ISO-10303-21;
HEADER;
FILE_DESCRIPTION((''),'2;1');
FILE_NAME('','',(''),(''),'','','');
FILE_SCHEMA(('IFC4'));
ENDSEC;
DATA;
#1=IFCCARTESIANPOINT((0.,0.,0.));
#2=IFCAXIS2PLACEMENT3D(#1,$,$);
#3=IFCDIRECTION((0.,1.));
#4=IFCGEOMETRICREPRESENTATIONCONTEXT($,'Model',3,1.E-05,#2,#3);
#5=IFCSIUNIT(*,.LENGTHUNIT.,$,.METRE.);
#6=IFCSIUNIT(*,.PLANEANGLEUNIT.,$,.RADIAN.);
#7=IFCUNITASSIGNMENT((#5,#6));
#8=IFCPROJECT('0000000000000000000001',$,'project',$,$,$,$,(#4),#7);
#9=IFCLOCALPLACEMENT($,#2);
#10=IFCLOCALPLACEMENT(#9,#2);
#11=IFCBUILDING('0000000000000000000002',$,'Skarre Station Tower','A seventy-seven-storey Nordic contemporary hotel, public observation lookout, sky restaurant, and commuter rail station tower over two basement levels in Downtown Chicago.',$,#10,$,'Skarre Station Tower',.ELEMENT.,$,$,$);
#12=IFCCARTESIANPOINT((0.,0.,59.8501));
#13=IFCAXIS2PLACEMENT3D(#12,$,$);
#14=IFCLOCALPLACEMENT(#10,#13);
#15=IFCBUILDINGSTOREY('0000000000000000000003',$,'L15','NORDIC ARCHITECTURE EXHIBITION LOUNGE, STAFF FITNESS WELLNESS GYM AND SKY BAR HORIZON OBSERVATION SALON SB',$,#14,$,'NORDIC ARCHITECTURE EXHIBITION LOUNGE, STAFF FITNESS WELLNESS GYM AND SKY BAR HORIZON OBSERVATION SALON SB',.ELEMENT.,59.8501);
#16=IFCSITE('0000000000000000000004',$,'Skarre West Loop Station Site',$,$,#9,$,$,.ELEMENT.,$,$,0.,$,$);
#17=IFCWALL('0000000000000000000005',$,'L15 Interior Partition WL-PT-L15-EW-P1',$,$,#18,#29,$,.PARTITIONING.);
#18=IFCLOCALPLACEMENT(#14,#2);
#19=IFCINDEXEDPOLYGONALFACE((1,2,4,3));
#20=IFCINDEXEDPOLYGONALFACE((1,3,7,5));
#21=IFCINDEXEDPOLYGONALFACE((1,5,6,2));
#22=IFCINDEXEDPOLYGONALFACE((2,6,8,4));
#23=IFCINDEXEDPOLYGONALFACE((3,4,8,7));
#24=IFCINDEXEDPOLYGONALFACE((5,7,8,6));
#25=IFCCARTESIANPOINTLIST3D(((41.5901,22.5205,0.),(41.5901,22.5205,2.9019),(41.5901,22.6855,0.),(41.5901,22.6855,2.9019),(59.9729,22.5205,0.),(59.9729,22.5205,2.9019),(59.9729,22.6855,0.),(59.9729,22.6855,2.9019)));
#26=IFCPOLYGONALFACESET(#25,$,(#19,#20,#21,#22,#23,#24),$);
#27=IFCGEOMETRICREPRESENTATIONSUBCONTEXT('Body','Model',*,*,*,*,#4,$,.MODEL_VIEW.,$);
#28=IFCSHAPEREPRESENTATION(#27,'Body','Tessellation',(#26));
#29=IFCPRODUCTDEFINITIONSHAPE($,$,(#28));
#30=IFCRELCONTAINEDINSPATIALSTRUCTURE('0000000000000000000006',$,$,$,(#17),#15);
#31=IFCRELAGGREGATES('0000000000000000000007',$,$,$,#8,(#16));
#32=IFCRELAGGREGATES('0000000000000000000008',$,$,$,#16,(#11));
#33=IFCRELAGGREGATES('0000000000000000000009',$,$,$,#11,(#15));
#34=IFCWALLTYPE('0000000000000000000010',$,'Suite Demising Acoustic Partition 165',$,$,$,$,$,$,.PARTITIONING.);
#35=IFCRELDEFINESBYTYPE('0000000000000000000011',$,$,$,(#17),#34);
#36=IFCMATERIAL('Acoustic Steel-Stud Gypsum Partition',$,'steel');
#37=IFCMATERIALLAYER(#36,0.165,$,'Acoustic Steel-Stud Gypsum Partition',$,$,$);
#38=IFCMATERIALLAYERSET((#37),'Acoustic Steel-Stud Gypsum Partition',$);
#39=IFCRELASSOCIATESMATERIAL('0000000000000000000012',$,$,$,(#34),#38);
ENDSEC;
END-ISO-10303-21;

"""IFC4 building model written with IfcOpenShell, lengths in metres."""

from ifc_helpers import new_model, si_unit, direction, frame, frame_2d, origin, place, context, subcontext, project, spatial, rectangle, extrude, material, layer, layer_set, type_object, element, save


model = new_model("IFC4")

# Units and contexts
model_context = context("Model", 3, precision=1e-05, world=origin(), true_north=direction((0.0, 1.0)))
body_context = subcontext(model_context, "Body", "Model", "MODEL_VIEW")
ifc_project = project(units=[si_unit("LENGTHUNIT", "METRE"), si_unit("PLANEANGLEUNIT", "RADIAN")], contexts=[model_context])

# Site, building, storey
site_placement = place(None, origin())
site = spatial("IfcSite", under=ifc_project, at=site_placement, Name="Skarre West Loop Station Site", CompositionType="ELEMENT", RefElevation=0.0)
building_placement = place(site_placement, origin())
building = spatial("IfcBuilding", under=site, at=building_placement, Name="Skarre Station Tower", Description="A seventy-seven-storey Nordic contemporary hotel, public observation lookout, sky restaurant, and commuter rail station tower over two basement levels in Downtown Chicago.", LongName="Skarre Station Tower", CompositionType="ELEMENT")
storey_placement = place(building_placement, frame((0.0, 0.0, 59.8501)))
storey = spatial("IfcBuildingStorey", under=building, at=storey_placement, Name="L15", Description="NORDIC ARCHITECTURE EXHIBITION LOUNGE, STAFF FITNESS WELLNESS GYM AND SKY BAR HORIZON OBSERVATION SALON SB", LongName="NORDIC ARCHITECTURE EXHIBITION LOUNGE, STAFF FITNESS WELLNESS GYM AND SKY BAR HORIZON OBSERVATION SALON SB", CompositionType="ELEMENT", Elevation=59.8501)

# Shared definitions
ifc_material_1 = material(Name="Acoustic Steel-Stud Gypsum Partition", Category="steel")

# Wall
ifc_layer_1 = layer(ifc_material_1, 0.165, Name="Acoustic Steel-Stud Gypsum Partition")
ifc_layer_set_1 = layer_set([ifc_layer_1], Name="Acoustic Steel-Stud Gypsum Partition")
wall_type_1 = type_object("IfcWallType", Name="Suite Demising Acoustic Partition 165", PredefinedType="PARTITIONING", material=ifc_layer_set_1)
wall_1_placement = place(storey_placement, frame((41.5901, 22.603, 0.0), z_axis=(0.0, 0.0, 1.0), x_axis=(1.0, 0.0, 0.0)))
element("IfcWall", 1, at=wall_1_placement, inside=storey, type_object=wall_type_1, Name="L15 Interior Partition WL-PT-L15-EW-P1", PredefinedType="PARTITIONING", context=body_context, shape_type="SweptSolid", body=[
    extrude(rectangle(XDim=18.3828, YDim=0.165, at=frame_2d((9.1914, 0.0))), origin(), (0.0, 0.0, 1.0), 2.9019),
])

save(model, "model.ifc")
